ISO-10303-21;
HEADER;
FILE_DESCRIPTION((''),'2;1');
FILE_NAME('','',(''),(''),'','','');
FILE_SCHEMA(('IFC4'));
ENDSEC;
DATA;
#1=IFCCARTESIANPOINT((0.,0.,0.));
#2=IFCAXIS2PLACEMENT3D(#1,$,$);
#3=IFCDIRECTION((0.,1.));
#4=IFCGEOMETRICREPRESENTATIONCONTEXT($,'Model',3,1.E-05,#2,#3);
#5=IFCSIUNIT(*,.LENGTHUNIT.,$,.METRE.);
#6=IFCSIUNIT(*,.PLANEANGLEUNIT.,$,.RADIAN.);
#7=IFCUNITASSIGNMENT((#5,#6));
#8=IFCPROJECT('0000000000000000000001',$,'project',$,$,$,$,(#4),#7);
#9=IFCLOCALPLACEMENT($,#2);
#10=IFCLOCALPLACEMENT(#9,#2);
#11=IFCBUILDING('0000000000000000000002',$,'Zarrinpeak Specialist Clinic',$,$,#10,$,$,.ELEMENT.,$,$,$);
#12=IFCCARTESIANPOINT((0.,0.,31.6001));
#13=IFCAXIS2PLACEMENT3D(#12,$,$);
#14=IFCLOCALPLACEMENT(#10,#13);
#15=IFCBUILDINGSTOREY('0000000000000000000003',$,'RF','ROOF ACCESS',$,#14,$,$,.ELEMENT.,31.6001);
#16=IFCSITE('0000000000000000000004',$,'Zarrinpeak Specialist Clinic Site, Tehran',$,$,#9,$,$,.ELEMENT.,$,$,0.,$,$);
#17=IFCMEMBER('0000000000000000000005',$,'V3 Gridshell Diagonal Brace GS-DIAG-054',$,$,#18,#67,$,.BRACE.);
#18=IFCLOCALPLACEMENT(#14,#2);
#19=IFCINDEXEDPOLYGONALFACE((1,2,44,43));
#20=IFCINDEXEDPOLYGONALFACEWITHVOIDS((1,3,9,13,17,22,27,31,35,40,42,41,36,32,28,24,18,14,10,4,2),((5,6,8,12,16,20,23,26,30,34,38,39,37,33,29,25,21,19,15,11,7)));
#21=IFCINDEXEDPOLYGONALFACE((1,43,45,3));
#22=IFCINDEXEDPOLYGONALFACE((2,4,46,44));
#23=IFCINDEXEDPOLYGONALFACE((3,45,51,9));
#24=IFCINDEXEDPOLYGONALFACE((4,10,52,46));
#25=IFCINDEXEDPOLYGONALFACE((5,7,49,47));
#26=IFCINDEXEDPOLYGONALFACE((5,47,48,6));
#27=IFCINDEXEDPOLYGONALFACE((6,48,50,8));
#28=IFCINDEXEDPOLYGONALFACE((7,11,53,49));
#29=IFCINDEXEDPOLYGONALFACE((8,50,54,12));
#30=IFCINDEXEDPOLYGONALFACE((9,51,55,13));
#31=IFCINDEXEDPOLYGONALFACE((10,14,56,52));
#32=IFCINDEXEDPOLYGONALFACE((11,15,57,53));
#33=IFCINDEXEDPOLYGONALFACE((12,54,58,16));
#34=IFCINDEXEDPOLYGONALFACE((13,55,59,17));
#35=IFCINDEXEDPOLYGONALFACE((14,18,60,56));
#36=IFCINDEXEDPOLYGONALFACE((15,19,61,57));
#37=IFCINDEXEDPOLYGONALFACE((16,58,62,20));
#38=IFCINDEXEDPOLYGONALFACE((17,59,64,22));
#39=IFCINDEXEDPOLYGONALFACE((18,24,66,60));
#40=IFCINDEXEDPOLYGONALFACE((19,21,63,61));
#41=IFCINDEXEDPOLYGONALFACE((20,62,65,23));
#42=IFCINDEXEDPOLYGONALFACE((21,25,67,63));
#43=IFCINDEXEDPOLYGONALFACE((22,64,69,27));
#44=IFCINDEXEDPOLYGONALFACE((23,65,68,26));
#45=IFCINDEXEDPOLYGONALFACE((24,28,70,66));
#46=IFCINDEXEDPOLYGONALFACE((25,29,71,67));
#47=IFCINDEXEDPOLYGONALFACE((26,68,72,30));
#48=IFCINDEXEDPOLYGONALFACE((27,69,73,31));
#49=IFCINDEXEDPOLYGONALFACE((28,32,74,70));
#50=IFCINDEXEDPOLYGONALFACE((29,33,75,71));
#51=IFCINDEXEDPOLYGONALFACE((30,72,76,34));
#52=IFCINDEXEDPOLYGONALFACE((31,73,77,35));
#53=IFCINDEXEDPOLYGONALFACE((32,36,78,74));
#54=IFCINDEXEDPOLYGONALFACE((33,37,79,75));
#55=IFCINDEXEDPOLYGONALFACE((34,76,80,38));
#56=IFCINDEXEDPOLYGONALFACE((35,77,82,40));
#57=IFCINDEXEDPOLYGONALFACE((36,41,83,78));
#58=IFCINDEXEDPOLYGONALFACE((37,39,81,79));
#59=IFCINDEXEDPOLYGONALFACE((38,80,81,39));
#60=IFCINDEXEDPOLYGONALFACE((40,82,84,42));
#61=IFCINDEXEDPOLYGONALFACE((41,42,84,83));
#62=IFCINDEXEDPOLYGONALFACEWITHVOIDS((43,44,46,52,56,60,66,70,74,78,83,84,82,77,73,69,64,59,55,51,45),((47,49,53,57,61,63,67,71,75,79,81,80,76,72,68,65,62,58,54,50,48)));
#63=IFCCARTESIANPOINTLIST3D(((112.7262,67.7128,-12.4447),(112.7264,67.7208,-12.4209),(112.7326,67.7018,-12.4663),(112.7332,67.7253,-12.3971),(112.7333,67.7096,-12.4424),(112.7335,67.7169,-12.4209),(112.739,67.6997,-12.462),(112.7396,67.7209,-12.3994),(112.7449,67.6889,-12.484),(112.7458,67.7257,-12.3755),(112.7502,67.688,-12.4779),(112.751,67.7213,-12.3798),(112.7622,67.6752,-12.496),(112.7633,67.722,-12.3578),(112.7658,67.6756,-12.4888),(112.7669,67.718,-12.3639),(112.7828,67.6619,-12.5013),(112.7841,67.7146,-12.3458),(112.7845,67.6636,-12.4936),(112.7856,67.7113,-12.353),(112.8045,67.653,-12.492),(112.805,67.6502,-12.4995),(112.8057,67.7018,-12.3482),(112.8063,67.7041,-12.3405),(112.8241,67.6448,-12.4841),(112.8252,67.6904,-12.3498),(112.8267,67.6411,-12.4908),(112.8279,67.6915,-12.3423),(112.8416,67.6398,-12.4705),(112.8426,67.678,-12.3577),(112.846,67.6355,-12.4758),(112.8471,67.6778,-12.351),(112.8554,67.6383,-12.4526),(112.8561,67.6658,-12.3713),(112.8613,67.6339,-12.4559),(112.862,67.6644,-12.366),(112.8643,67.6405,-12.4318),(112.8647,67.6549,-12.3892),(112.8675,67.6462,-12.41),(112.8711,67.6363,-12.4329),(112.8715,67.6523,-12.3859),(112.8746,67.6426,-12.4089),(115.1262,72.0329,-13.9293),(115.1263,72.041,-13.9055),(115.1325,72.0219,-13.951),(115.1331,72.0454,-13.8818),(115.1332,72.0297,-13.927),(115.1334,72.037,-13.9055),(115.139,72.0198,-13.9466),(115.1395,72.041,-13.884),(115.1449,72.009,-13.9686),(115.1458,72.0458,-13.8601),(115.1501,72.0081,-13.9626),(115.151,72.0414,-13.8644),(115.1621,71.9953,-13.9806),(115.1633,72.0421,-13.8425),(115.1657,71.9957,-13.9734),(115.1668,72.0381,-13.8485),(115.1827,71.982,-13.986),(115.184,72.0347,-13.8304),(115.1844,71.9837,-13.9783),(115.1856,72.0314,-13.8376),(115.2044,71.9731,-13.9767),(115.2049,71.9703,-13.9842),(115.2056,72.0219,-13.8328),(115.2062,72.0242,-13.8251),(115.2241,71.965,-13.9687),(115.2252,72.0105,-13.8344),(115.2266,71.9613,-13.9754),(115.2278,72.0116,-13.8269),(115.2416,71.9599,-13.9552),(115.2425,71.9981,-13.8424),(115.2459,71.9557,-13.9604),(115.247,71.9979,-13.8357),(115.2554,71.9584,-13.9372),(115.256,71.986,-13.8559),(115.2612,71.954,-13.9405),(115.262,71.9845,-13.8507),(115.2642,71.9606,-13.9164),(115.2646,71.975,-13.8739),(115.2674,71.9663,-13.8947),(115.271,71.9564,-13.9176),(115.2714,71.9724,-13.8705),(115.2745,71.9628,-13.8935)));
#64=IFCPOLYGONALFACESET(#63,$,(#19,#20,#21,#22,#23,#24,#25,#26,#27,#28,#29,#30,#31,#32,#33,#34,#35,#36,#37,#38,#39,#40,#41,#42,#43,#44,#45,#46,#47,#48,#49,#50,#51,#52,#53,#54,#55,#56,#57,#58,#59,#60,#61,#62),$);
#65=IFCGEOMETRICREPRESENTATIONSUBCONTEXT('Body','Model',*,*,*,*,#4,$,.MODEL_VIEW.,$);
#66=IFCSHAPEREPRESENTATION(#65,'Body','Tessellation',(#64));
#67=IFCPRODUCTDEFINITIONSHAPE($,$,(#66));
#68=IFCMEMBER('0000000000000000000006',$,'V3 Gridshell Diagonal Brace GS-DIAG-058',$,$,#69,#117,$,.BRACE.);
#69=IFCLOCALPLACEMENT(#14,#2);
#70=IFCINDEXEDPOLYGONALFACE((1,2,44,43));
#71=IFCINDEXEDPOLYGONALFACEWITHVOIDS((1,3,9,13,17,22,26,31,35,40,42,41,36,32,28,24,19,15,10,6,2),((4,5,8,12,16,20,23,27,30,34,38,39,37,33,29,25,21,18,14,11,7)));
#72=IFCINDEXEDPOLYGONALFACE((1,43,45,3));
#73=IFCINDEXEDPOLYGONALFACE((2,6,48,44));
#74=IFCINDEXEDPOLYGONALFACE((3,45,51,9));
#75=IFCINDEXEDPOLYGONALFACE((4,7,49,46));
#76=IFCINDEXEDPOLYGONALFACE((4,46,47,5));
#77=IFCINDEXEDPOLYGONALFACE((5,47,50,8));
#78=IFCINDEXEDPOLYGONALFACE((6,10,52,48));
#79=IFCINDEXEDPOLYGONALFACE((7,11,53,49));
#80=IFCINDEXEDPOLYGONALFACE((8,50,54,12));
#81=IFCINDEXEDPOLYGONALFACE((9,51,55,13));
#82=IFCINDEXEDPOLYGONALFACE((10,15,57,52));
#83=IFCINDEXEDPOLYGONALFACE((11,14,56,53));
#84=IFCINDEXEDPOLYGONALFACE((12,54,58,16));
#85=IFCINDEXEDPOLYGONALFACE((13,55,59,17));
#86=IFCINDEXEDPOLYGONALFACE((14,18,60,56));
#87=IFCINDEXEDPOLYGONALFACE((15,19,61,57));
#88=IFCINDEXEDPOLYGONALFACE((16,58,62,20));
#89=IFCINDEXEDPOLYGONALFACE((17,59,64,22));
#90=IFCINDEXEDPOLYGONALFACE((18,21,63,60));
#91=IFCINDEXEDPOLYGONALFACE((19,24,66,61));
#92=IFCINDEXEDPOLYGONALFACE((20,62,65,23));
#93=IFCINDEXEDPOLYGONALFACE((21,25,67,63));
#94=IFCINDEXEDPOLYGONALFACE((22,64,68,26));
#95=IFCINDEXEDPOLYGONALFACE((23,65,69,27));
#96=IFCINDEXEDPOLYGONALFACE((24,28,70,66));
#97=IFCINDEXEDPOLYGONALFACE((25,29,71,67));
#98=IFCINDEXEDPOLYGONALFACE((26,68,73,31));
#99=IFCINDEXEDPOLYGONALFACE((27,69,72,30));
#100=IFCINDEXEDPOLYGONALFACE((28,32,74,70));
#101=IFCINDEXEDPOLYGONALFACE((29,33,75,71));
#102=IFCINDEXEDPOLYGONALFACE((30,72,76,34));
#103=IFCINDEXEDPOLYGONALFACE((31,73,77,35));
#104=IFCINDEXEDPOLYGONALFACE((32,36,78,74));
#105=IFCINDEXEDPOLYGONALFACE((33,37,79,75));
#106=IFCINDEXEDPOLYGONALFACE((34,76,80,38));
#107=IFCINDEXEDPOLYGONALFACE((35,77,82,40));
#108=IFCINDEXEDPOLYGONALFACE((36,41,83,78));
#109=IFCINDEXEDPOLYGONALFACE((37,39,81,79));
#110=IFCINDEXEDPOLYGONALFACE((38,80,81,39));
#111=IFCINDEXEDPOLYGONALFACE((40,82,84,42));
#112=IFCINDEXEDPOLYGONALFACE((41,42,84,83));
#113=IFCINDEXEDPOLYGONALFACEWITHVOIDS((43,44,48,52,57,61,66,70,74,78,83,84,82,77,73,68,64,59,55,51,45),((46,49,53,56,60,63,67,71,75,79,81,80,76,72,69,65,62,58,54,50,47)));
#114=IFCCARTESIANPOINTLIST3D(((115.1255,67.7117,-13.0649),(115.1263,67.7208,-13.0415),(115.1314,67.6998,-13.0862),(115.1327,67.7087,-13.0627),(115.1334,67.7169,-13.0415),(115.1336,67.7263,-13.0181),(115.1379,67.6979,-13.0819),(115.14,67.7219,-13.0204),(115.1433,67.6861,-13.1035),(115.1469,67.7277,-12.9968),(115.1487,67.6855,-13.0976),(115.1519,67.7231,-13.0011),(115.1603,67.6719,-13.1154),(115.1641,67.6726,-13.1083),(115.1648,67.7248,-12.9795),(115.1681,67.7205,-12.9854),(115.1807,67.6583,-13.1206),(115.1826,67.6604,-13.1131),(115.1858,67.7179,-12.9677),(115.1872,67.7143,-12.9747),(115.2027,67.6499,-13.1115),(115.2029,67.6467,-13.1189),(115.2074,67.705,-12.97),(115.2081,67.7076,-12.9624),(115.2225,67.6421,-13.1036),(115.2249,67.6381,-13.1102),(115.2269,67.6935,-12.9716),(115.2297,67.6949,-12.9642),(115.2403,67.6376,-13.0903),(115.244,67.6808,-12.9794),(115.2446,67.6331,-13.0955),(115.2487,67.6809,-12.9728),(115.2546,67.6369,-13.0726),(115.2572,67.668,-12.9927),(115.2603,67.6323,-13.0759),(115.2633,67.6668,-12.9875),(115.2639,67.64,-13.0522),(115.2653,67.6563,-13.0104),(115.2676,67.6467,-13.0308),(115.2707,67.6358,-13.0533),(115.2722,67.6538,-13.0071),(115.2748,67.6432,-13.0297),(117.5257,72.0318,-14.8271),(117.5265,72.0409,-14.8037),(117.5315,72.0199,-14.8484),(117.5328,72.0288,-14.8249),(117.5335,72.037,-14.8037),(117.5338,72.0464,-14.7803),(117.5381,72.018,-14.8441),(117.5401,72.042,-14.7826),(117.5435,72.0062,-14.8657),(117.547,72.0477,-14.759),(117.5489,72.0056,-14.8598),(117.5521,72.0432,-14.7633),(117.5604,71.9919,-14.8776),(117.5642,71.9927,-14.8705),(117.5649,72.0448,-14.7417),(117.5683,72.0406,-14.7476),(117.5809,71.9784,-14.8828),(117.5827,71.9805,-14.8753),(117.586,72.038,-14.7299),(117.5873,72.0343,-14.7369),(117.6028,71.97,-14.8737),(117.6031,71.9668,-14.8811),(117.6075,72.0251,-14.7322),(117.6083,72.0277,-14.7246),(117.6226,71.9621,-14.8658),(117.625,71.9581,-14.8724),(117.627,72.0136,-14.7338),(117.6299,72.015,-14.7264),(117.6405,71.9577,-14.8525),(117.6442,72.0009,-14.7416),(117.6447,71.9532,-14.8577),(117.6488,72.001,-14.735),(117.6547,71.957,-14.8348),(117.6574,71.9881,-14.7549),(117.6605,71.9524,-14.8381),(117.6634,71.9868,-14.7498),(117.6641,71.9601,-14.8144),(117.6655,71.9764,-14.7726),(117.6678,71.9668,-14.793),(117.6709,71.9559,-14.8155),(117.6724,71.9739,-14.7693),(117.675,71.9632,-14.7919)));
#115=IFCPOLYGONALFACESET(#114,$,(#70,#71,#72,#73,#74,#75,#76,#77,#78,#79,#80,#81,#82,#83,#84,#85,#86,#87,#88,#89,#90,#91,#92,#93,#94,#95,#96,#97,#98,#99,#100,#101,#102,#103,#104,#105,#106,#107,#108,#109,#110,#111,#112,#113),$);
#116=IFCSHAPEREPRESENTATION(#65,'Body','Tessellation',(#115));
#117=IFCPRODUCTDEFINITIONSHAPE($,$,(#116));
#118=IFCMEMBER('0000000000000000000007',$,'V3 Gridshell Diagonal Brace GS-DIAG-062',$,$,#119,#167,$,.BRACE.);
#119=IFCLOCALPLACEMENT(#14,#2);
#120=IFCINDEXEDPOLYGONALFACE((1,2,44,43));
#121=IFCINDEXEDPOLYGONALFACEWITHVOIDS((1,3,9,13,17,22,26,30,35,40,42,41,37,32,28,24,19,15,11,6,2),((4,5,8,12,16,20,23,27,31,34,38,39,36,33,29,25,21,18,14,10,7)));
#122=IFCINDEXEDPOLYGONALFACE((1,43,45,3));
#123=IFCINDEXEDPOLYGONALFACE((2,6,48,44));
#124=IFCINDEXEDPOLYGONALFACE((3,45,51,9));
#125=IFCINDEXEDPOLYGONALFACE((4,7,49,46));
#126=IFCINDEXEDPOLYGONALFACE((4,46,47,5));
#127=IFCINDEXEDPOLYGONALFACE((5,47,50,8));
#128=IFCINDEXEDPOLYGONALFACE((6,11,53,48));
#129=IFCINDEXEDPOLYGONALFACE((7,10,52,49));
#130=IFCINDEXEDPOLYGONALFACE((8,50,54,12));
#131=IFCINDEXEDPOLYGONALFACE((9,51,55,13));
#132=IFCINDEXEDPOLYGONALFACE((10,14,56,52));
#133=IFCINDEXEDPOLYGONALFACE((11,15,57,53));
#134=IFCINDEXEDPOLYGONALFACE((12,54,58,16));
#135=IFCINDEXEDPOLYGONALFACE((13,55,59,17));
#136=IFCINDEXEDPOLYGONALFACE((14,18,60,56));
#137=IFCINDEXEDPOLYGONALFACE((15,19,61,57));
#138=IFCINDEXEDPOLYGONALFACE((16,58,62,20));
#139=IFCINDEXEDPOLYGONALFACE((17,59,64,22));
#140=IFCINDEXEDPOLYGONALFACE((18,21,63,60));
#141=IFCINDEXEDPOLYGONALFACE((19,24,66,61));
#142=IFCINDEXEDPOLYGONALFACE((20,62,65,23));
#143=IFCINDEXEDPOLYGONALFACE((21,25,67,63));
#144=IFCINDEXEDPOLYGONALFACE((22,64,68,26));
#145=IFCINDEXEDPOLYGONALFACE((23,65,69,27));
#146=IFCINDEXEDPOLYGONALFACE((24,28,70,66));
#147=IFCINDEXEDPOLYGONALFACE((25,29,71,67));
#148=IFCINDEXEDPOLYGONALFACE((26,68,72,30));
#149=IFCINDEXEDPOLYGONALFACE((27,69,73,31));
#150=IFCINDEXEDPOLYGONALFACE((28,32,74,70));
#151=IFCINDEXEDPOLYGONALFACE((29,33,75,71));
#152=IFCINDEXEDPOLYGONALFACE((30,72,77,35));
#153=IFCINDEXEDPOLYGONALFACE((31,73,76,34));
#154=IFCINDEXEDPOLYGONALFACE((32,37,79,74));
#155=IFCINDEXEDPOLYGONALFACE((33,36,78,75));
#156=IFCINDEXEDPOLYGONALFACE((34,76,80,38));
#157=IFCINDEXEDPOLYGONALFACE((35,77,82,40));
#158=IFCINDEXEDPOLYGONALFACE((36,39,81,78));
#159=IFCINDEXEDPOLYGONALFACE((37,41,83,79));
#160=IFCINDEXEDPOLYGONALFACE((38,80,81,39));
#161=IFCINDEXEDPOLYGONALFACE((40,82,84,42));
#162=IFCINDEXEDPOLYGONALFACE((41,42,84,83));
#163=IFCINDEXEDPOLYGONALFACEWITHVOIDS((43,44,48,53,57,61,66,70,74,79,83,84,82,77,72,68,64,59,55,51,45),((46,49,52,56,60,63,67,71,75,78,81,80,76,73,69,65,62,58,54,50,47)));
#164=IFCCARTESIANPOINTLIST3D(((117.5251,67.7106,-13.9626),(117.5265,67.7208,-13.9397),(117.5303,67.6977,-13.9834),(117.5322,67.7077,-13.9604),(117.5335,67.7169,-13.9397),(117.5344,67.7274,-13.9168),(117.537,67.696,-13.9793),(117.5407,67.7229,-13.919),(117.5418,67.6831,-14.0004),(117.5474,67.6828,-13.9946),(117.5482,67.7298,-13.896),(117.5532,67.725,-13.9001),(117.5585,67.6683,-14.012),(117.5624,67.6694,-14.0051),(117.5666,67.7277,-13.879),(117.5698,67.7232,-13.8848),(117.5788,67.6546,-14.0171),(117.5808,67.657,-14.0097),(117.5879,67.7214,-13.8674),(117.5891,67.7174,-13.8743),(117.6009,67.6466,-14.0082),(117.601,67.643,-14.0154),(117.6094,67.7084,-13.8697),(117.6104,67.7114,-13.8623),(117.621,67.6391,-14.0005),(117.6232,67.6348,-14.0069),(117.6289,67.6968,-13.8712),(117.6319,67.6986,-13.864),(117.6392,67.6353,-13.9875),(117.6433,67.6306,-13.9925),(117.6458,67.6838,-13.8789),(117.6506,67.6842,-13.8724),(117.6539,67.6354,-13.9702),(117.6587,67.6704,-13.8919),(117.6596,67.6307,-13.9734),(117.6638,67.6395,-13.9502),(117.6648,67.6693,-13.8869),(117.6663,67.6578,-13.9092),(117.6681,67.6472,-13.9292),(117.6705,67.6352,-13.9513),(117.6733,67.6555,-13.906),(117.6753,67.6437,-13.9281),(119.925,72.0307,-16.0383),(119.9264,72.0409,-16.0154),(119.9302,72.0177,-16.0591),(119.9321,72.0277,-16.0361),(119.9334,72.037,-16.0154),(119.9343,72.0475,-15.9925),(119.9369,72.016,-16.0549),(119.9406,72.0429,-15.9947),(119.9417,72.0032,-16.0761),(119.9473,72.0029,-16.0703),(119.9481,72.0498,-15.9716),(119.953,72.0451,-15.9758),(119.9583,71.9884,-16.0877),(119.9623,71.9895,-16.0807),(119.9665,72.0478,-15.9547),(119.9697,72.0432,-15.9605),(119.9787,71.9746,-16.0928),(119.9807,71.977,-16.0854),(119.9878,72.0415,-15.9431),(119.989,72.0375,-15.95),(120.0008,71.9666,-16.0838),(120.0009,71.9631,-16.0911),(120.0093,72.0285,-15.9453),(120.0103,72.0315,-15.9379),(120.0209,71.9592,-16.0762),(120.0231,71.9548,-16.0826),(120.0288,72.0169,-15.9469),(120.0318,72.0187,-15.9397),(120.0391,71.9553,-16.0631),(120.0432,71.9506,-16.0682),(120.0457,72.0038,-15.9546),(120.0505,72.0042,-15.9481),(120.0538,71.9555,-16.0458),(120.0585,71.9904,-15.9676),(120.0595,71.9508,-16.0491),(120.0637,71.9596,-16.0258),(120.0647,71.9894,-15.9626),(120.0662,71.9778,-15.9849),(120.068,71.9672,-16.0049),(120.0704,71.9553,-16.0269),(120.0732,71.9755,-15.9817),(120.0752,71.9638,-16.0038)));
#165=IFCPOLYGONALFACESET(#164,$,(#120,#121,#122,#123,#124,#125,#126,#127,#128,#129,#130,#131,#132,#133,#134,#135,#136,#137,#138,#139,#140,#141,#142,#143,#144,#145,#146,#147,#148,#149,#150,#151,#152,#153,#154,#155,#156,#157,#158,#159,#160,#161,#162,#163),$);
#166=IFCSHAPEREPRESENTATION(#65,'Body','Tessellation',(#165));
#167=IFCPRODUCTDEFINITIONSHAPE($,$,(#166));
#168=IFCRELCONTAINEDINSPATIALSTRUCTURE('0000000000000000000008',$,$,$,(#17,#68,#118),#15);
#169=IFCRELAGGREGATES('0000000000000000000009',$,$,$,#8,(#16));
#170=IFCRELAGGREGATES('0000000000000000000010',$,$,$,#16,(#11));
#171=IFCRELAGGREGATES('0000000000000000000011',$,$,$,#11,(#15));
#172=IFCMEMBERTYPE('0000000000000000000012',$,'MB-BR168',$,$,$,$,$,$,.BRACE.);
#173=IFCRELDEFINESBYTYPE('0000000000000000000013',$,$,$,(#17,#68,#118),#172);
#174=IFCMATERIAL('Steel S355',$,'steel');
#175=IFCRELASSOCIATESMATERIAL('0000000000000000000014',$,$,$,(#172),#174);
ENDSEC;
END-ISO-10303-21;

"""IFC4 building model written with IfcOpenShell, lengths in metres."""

from ifc_helpers import new_model, si_unit, direction, frame, origin, origin_2d, place, context, subcontext, project, spatial, hollow_circle, extrude, material, material_profile, profile_set, type_object, element, save


model = new_model("IFC4")

# Units and contexts
model_context = context("Model", 3, precision=1e-05, world=origin(), true_north=direction((0.0, 1.0)))
body_context = subcontext(model_context, "Body", "Model", "MODEL_VIEW")
ifc_project = project(units=[si_unit("LENGTHUNIT", "METRE"), si_unit("PLANEANGLEUNIT", "RADIAN")], contexts=[model_context])

# Site, building, storey
site_placement = place(None, origin())
site = spatial("IfcSite", under=ifc_project, at=site_placement, Name="Zarrinpeak Specialist Clinic Site, Tehran", CompositionType="ELEMENT", RefElevation=0.0)
building_placement = place(site_placement, origin())
building = spatial("IfcBuilding", under=site, at=building_placement, Name="Zarrinpeak Specialist Clinic", CompositionType="ELEMENT")
storey_placement = place(building_placement, frame((0.0, 0.0, 31.6001)))
storey = spatial("IfcBuildingStorey", under=building, at=storey_placement, Name="RF", Description="ROOF ACCESS", CompositionType="ELEMENT", Elevation=31.6001)

# Members
ifc_material_1 = material(Name="Steel S355", Category="steel")
ifc_material_profile_1 = material_profile(ifc_material_1, hollow_circle(Radius=0.0842, WallThickness=0.0081, at=origin_2d()), Name="CHS 168.3x8.0")
ifc_profile_set_1 = profile_set([ifc_material_profile_1], Name="Steel S355")
member_type_1 = type_object("IfcMemberType", Name="MB-BR168", PredefinedType="BRACE", material=ifc_profile_set_1)
member_1_placement = place(storey_placement, frame((112.8, 67.6799, -12.4209), z_axis=(0.465088, 0.837207, -0.287711), x_axis=(-0.874169, 0.485622, 0.0)))
element("IfcMember", 1, at=member_1_placement, inside=storey, type_object=member_type_1, Name="V3 Gridshell Diagonal Brace GS-DIAG-054", PredefinedType="BRACE", context=body_context, shape_type="SweptSolid", body=[
    extrude(hollow_circle(Radius=0.0842, WallThickness=0.0081, at=origin_2d()), origin(), (0.0, 0.0, 1.0), 5.1602),
])
member_2_placement = place(storey_placement, frame((115.2, 67.6799, -13.0415), z_axis=(0.457448, 0.82337, -0.335862), x_axis=(-0.874148, 0.48566, 0.0)))
element("IfcMember", 2, at=member_2_placement, inside=storey, type_object=member_type_1, Name="V3 Gridshell Diagonal Brace GS-DIAG-058", PredefinedType="BRACE", context=body_context, shape_type="SweptSolid", body=[
    extrude(hollow_circle(Radius=0.0842, WallThickness=0.0081, at=origin_2d()), origin(), (0.0, 0.0, 1.0), 5.2468),
])
member_3_placement = place(storey_placement, frame((117.6001, 67.6799, -13.9397), z_axis=(0.447732, 0.805963, -0.387245), x_axis=(-0.874169, 0.485622, 0.0)))
element("IfcMember", 3, at=member_3_placement, inside=storey, type_object=member_type_1, Name="V3 Gridshell Diagonal Brace GS-DIAG-062", PredefinedType="BRACE", context=body_context, shape_type="SweptSolid", body=[
    extrude(hollow_circle(Radius=0.0842, WallThickness=0.0081, at=origin_2d()), origin(), (0.0, 0.0, 1.0), 5.3601),
])

save(model, "model.ifc")
